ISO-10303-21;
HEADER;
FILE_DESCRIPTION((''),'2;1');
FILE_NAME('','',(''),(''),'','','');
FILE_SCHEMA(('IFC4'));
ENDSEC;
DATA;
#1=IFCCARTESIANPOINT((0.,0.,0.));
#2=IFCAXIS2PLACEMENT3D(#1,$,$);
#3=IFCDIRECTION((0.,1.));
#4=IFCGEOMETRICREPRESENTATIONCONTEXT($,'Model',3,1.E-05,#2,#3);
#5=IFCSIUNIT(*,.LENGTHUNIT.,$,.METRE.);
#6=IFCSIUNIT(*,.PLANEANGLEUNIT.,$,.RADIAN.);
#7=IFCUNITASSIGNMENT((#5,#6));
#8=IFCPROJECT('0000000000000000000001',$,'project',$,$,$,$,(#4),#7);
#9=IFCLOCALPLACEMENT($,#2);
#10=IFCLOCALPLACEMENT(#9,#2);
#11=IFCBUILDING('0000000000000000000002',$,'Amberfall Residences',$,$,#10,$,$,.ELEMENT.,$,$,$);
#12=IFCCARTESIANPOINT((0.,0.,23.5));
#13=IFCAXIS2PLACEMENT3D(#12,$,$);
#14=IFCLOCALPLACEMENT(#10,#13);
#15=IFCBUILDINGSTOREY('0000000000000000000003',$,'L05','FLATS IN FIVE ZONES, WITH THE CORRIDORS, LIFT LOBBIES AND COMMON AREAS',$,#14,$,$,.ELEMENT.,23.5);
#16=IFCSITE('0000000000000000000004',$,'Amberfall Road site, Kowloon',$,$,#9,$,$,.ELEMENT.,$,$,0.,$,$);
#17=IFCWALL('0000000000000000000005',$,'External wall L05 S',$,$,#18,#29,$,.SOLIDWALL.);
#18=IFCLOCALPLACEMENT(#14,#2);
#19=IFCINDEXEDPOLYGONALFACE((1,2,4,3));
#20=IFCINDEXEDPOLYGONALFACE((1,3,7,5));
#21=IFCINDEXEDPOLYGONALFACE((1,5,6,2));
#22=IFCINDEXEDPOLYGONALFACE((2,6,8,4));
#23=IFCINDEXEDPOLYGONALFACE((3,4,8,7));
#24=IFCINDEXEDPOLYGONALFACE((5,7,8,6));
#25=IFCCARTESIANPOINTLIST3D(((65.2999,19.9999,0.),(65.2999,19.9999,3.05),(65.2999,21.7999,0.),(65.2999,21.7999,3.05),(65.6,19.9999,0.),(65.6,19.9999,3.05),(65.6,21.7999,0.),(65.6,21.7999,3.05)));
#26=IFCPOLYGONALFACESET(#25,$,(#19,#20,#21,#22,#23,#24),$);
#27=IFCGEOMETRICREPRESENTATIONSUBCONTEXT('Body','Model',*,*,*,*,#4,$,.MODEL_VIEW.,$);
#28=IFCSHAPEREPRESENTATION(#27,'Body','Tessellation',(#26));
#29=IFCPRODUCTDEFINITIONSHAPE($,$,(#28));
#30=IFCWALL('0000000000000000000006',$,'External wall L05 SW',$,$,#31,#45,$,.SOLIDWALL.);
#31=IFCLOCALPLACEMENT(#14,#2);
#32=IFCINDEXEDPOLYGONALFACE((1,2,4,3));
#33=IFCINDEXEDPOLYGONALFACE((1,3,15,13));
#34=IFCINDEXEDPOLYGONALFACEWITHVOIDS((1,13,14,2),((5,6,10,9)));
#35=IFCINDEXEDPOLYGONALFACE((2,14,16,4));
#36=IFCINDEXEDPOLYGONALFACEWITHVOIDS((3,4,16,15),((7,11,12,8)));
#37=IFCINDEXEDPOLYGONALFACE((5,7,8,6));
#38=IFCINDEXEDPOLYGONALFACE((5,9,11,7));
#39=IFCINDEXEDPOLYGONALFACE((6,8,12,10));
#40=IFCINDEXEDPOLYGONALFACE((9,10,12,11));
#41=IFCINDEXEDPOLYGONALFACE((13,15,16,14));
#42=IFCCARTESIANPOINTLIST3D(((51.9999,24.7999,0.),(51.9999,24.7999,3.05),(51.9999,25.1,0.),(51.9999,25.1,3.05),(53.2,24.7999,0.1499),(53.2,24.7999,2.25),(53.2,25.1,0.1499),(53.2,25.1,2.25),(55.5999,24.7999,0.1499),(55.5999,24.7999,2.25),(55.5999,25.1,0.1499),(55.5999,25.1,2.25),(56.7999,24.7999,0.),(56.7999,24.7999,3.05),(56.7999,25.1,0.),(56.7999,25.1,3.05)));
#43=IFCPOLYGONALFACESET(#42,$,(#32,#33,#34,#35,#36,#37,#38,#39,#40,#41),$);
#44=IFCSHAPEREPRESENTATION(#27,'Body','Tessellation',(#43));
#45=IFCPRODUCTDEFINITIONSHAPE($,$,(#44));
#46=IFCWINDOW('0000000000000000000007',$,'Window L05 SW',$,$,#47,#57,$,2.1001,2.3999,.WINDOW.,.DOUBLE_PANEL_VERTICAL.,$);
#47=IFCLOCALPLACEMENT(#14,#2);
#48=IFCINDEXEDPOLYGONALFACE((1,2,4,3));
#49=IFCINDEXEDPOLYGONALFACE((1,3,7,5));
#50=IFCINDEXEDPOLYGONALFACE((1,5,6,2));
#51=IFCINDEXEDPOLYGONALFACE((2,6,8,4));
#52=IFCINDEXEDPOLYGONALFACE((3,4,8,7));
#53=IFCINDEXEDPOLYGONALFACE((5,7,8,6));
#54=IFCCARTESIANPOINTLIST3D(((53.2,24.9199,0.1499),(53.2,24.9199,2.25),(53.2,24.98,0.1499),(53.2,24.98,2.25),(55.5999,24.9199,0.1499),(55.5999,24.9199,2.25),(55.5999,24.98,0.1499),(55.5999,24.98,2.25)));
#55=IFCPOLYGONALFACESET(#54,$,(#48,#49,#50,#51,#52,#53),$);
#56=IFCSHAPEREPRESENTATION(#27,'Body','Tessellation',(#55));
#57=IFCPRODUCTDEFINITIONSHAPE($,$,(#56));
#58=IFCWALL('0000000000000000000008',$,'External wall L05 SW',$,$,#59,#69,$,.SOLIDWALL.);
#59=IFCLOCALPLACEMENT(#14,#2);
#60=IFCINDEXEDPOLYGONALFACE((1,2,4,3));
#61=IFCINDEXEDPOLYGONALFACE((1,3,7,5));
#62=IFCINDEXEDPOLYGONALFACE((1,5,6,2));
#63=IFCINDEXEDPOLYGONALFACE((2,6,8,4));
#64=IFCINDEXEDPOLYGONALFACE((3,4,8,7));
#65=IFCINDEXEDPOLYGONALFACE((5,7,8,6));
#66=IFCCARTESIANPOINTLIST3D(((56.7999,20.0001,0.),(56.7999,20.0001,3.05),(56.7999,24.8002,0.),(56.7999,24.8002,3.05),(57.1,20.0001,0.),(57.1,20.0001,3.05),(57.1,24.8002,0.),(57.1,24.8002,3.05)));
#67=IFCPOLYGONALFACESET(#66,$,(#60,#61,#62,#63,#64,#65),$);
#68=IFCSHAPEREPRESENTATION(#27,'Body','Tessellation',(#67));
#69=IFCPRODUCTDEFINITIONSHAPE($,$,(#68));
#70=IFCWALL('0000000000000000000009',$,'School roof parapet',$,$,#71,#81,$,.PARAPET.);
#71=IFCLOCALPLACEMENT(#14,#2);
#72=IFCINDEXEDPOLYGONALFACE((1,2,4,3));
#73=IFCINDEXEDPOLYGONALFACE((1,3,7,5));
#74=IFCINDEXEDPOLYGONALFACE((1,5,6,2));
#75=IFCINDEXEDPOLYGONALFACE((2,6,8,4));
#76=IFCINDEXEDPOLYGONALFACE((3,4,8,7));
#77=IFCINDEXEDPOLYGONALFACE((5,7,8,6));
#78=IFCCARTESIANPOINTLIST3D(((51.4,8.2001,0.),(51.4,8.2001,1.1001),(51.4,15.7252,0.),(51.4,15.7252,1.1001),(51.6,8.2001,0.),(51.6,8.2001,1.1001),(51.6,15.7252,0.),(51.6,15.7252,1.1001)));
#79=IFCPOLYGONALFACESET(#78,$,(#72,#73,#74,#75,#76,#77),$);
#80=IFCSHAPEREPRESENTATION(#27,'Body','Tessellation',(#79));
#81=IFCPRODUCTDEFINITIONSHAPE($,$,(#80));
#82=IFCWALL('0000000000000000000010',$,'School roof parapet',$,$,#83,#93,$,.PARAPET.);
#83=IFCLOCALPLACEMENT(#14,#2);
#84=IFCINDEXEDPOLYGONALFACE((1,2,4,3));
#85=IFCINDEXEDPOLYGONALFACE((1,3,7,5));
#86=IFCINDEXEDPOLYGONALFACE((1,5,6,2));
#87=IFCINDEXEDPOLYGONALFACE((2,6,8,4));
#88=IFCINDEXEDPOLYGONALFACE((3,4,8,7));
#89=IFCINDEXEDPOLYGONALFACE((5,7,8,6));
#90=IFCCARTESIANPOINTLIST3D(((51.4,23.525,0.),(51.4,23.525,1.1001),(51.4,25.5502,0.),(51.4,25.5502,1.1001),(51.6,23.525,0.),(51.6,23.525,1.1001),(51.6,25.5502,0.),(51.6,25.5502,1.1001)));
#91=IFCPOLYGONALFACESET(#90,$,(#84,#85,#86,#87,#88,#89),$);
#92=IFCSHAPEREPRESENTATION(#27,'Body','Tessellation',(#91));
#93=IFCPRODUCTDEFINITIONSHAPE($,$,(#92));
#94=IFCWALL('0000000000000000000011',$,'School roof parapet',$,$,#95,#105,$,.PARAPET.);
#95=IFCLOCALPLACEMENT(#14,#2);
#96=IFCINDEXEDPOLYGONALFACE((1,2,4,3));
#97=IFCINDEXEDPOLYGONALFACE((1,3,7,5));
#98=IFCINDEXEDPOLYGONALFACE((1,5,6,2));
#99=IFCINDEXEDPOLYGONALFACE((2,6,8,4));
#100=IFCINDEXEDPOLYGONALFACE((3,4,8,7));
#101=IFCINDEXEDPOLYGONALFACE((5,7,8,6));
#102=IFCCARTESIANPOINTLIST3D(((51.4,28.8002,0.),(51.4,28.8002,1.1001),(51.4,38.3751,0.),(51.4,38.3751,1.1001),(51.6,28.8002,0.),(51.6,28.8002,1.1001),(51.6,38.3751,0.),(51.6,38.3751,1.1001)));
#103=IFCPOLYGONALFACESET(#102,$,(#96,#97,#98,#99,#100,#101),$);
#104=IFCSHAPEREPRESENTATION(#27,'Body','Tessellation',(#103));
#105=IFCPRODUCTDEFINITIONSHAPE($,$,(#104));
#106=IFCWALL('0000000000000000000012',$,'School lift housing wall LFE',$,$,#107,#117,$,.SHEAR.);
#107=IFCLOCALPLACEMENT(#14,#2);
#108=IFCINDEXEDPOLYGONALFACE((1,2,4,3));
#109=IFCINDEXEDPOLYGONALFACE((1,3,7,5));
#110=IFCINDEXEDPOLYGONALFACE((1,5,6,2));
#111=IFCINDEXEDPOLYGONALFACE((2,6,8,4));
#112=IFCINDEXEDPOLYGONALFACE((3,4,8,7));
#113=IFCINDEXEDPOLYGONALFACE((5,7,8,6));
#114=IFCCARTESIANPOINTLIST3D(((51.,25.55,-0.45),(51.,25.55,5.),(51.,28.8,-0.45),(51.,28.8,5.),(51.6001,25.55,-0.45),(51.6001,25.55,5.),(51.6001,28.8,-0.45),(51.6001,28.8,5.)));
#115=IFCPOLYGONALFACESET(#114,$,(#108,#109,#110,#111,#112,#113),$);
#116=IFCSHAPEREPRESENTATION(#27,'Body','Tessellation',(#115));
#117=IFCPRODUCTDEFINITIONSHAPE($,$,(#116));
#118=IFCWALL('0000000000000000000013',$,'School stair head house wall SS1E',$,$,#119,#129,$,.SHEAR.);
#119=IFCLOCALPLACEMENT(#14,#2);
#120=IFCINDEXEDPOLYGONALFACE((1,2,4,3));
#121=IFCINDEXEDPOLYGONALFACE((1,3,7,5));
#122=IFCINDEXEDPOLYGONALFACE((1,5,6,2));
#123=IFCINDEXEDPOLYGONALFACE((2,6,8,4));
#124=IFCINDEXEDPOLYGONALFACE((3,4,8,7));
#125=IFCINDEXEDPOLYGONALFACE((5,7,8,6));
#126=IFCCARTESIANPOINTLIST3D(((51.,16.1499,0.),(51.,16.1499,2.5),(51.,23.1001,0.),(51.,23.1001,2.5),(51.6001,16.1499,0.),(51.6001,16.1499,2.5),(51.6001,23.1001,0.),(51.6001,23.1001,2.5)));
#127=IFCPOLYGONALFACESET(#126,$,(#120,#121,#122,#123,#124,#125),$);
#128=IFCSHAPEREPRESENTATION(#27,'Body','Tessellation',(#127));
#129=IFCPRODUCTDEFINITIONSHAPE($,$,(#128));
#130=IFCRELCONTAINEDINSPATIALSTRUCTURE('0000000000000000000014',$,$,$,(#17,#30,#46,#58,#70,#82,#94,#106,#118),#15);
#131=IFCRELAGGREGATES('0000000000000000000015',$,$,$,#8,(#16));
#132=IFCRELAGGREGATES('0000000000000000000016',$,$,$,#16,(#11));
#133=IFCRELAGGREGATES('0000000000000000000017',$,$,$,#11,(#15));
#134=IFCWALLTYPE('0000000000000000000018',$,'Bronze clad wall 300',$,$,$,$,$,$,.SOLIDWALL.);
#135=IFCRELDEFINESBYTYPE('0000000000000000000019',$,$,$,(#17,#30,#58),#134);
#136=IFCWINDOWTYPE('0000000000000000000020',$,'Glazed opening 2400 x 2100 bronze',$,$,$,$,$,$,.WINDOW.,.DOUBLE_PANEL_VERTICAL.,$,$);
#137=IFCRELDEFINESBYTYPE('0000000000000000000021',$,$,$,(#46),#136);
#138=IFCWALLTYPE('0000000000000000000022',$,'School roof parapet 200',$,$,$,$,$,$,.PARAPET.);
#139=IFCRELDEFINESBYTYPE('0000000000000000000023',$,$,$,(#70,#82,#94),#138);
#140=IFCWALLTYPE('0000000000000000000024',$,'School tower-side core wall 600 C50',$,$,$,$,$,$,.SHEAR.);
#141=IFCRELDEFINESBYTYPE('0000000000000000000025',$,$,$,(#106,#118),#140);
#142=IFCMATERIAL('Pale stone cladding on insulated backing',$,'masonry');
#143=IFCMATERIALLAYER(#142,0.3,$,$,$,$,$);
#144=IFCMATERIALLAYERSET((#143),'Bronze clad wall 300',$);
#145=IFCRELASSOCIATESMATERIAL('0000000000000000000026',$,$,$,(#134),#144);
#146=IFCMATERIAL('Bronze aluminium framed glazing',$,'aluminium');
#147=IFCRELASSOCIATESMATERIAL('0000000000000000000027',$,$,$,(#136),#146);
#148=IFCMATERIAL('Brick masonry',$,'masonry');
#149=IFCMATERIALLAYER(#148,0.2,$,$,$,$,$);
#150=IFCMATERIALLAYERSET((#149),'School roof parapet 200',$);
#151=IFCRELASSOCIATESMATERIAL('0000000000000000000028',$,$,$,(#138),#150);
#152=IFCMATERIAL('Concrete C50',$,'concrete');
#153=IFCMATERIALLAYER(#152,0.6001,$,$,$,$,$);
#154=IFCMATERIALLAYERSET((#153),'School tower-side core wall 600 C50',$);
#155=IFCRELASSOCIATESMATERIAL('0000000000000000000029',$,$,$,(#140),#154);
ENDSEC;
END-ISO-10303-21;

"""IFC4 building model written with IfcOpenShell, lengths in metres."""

from ifc_helpers import new_model, si_unit, direction, frame, frame_2d, origin, place, context, subcontext, project, spatial, rectangle, extrude, material, layer, layer_set, type_object, element, fill, save


model = new_model("IFC4")

# Units and contexts
model_context = context("Model", 3, precision=1e-05, world=origin(), true_north=direction((0.0, 1.0)))
body_context = subcontext(model_context, "Body", "Model", "MODEL_VIEW")
ifc_project = project(units=[si_unit("LENGTHUNIT", "METRE"), si_unit("PLANEANGLEUNIT", "RADIAN")], contexts=[model_context])

# Site, building, storey
site_placement = place(None, origin())
site = spatial("IfcSite", under=ifc_project, at=site_placement, Name="Amberfall Road site, Kowloon", CompositionType="ELEMENT", RefElevation=0.0)
building_placement = place(site_placement, origin())
building = spatial("IfcBuilding", under=site, at=building_placement, Name="Amberfall Residences", CompositionType="ELEMENT")
storey_placement = place(building_placement, frame((0.0, 0.0, 23.5)))
storey = spatial("IfcBuildingStorey", under=building, at=storey_placement, Name="L05", Description="FLATS IN FIVE ZONES, WITH THE CORRIDORS, LIFT LOBBIES AND COMMON AREAS", CompositionType="ELEMENT", Elevation=23.5)

# Wall
ifc_material_1 = material(Name="Pale stone cladding on insulated backing", Category="masonry")
ifc_layer_1 = layer(ifc_material_1, 0.3)
ifc_layer_set_1 = layer_set([ifc_layer_1], Name="Bronze clad wall 300")
wall_type_1 = type_object("IfcWallType", Name="Bronze clad wall 300", PredefinedType="SOLIDWALL", material=ifc_layer_set_1)
wall_1_placement = place(storey_placement, frame((65.45, 20.0, 0.0), z_axis=(0.0, 0.0, 1.0), x_axis=(0.0, 1.0, 0.0)))
element("IfcWall", 1, at=wall_1_placement, inside=storey, type_object=wall_type_1, Name="External wall L05 S", PredefinedType="SOLIDWALL", context=body_context, shape_type="SweptSolid", body=[
    extrude(rectangle(XDim=1.8, YDim=0.3, at=frame_2d((0.8999, 0.0))), origin(), (0.0, 0.0, 1.0), 3.05),
])

# Wall, opening, window
wall_2_placement = place(storey_placement, frame((52.0, 24.95, 0.0), z_axis=(0.0, 0.0, 1.0), x_axis=(1.0, 0.0, 0.0)))
wall_2 = element("IfcWall", 2, at=wall_2_placement, inside=storey, type_object=wall_type_1, Name="External wall L05 SW", PredefinedType="SOLIDWALL", context=body_context, shape_type="SweptSolid", body=[
    extrude(rectangle(XDim=4.8, YDim=0.3, at=frame_2d((2.3999, 0.0))), origin(), (0.0, 0.0, 1.0), 3.05),
])
opening_placement = place(wall_2_placement, frame((1.2, 0.0, 0.1499)))
opening = element("IfcOpeningElement", 3, at=opening_placement, cuts=wall_2, PredefinedType="OPENING", context=body_context, shape_type="SweptSolid", body=[
    extrude(rectangle(XDim=2.3999, YDim=2.1001, at=frame_2d((1.2, 1.05))), frame((0.0, 0.1599, 0.0), z_axis=(0.0, -1.0, 0.0), x_axis=(1.0, 0.0, 0.0)), (0.0, 0.0, 1.0), 0.3201),
])
ifc_material_2 = material(Name="Bronze aluminium framed glazing", Category="aluminium")
window_type = type_object("IfcWindowType", Name="Glazed opening 2400 x 2100 bronze", PartitioningType="DOUBLE_PANEL_VERTICAL", PredefinedType="WINDOW", material=ifc_material_2)
window_placement = place(opening_placement, origin())
window = element("IfcWindow", 4, at=window_placement, inside=storey, type_object=window_type, Name="Window L05 SW", OverallHeight=2.1001, OverallWidth=2.3999, PartitioningType="DOUBLE_PANEL_VERTICAL", PredefinedType="WINDOW", context=body_context, shape_type="SweptSolid", body=[
    extrude(rectangle(XDim=2.3999, YDim=2.1001, at=frame_2d((1.2, 1.05))), frame((0.0, 0.03, 0.0), z_axis=(0.0, -1.0, 0.0), x_axis=(1.0, 0.0, 0.0)), (0.0, 0.0, 1.0), 0.0601),
])
fill(opening, window)

# Walls
wall_3_placement = place(storey_placement, frame((56.95, 24.8, 0.0), z_axis=(0.0, 0.0, 1.0), x_axis=(0.0, -1.0, 0.0)))
element("IfcWall", 5, at=wall_3_placement, inside=storey, type_object=wall_type_1, Name="External wall L05 SW", PredefinedType="SOLIDWALL", context=body_context, shape_type="SweptSolid", body=[
    extrude(rectangle(XDim=4.8, YDim=0.3, at=frame_2d((2.3999, 0.0))), origin(), (0.0, 0.0, 1.0), 3.05),
])
ifc_material_3 = material(Name="Brick masonry", Category="masonry")
ifc_layer_2 = layer(ifc_material_3, 0.2)
ifc_layer_set_2 = layer_set([ifc_layer_2], Name="School roof parapet 200")
wall_type_2 = type_object("IfcWallType", Name="School roof parapet 200", PredefinedType="PARAPET", material=ifc_layer_set_2)
wall_4_placement = place(storey_placement, frame((51.5, 8.2, 0.0), z_axis=(0.0, 0.0, 1.0), x_axis=(0.0, 1.0, 0.0)))
element("IfcWall", 6, at=wall_4_placement, inside=storey, type_object=wall_type_2, Name="School roof parapet", PredefinedType="PARAPET", context=body_context, shape_type="SweptSolid", body=[
    extrude(rectangle(XDim=7.5251, YDim=0.2, at=frame_2d((3.7627, 0.0))), origin(), (0.0, 0.0, 1.0), 1.1001),
])
wall_5_placement = place(storey_placement, frame((51.5, 23.5249, 0.0), z_axis=(0.0, 0.0, 1.0), x_axis=(0.0, 1.0, 0.0)))
element("IfcWall", 7, at=wall_5_placement, inside=storey, type_object=wall_type_2, Name="School roof parapet", PredefinedType="PARAPET", context=body_context, shape_type="SweptSolid", body=[
    extrude(rectangle(XDim=2.0251, YDim=0.2, at=frame_2d((1.0127, 0.0))), origin(), (0.0, 0.0, 1.0), 1.1001),
])
wall_6_placement = place(storey_placement, frame((51.5, 28.8, 0.0), z_axis=(0.0, 0.0, 1.0), x_axis=(0.0, 1.0, 0.0)))
element("IfcWall", 8, at=wall_6_placement, inside=storey, type_object=wall_type_2, Name="School roof parapet", PredefinedType="PARAPET", context=body_context, shape_type="SweptSolid", body=[
    extrude(rectangle(XDim=9.575, YDim=0.2, at=frame_2d((4.7876, 0.0))), origin(), (0.0, 0.0, 1.0), 1.1001),
])
ifc_material_4 = material(Name="Concrete C50", Category="concrete")
ifc_layer_3 = layer(ifc_material_4, 0.6001)
ifc_layer_set_3 = layer_set([ifc_layer_3], Name="School tower-side core wall 600 C50")
wall_type_3 = type_object("IfcWallType", Name="School tower-side core wall 600 C50", PredefinedType="SHEAR", material=ifc_layer_set_3)
wall_7_placement = place(storey_placement, frame((51.3, 25.55, -0.45), z_axis=(0.0, 0.0, 1.0), x_axis=(0.0, 1.0, 0.0)))
element("IfcWall", 9, at=wall_7_placement, inside=storey, type_object=wall_type_3, Name="School lift housing wall LFE", PredefinedType="SHEAR", context=body_context, shape_type="SweptSolid", body=[
    extrude(rectangle(XDim=3.25, YDim=0.6001, at=frame_2d((1.625, 0.0))), origin(), (0.0, 0.0, 1.0), 5.45),
])
wall_8_placement = place(storey_placement, frame((51.3, 16.1499, 0.0), z_axis=(0.0, 0.0, 1.0), x_axis=(0.0, 1.0, 0.0)))
element("IfcWall", 10, at=wall_8_placement, inside=storey, type_object=wall_type_3, Name="School stair head house wall SS1E", PredefinedType="SHEAR", context=body_context, shape_type="SweptSolid", body=[
    extrude(rectangle(XDim=6.9502, YDim=0.6001, at=frame_2d((3.4751, 0.0))), origin(), (0.0, 0.0, 1.0), 2.5),
])

save(model, "model.ifc")
